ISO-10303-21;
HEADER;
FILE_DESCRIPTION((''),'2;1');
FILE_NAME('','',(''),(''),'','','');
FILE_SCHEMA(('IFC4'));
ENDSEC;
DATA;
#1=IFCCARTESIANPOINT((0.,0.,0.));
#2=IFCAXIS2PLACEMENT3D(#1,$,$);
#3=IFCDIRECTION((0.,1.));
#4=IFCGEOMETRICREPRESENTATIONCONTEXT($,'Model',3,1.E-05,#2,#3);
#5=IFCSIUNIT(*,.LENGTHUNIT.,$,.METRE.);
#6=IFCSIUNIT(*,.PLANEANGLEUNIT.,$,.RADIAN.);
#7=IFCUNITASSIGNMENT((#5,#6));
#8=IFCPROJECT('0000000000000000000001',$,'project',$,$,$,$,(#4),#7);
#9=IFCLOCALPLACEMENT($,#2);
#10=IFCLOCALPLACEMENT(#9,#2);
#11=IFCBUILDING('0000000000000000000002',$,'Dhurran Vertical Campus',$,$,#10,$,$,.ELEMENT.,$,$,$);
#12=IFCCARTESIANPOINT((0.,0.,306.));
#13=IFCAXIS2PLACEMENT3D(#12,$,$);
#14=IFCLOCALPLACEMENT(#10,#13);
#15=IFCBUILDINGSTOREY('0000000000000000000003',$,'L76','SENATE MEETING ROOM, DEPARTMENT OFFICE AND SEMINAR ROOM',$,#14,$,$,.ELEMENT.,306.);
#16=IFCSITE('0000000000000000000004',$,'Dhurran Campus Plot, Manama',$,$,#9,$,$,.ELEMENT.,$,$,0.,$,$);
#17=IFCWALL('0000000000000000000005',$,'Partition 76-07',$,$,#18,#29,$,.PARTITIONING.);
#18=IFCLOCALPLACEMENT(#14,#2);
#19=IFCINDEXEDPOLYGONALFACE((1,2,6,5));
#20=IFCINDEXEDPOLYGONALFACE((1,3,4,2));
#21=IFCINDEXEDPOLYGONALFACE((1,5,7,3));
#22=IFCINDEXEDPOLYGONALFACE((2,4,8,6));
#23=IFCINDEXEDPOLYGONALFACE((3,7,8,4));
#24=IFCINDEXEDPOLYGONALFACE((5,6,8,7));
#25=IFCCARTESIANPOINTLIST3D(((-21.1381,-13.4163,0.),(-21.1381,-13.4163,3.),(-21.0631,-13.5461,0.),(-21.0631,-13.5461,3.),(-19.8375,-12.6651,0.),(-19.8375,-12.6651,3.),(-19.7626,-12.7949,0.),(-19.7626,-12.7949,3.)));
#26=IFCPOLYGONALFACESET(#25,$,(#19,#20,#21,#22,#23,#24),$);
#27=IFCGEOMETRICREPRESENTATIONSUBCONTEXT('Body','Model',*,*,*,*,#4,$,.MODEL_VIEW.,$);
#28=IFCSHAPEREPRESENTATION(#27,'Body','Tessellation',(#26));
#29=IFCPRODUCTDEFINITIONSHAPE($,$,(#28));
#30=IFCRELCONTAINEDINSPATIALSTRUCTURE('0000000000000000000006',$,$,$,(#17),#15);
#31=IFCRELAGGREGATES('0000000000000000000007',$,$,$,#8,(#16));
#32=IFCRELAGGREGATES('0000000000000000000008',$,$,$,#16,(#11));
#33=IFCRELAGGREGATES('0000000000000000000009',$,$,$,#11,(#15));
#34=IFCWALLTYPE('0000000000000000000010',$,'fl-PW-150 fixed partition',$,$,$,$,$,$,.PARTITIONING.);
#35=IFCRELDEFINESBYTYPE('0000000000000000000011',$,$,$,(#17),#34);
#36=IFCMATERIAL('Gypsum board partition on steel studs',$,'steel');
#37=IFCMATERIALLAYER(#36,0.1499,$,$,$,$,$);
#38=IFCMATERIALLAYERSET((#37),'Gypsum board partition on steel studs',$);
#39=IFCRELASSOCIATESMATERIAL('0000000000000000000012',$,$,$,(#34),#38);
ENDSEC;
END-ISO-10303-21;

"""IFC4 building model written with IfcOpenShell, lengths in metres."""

from ifc_helpers import new_model, si_unit, direction, frame, frame_2d, origin, place, context, subcontext, project, spatial, rectangle, extrude, material, layer, layer_set, type_object, element, save


model = new_model("IFC4")

# Units and contexts
model_context = context("Model", 3, precision=1e-05, world=origin(), true_north=direction((0.0, 1.0)))
body_context = subcontext(model_context, "Body", "Model", "MODEL_VIEW")
ifc_project = project(units=[si_unit("LENGTHUNIT", "METRE"), si_unit("PLANEANGLEUNIT", "RADIAN")], contexts=[model_context])

# Site, building, storey
site_placement = place(None, origin())
site = spatial("IfcSite", under=ifc_project, at=site_placement, Name="Dhurran Campus Plot, Manama", CompositionType="ELEMENT", RefElevation=0.0)
building_placement = place(site_placement, origin())
building = spatial("IfcBuilding", under=site, at=building_placement, Name="Dhurran Vertical Campus", CompositionType="ELEMENT")
storey_placement = place(building_placement, frame((0.0, 0.0, 306.0)))
storey = spatial("IfcBuildingStorey", under=building, at=storey_placement, Name="L76", Description="SENATE MEETING ROOM, DEPARTMENT OFFICE AND SEMINAR ROOM", CompositionType="ELEMENT", Elevation=306.0)

# Wall
ifc_material_1 = material(Name="Gypsum board partition on steel studs", Category="steel")
ifc_layer_1 = layer(ifc_material_1, 0.1499)
ifc_layer_set_1 = layer_set([ifc_layer_1], Name="Gypsum board partition on steel studs")
wall_type_1 = type_object("IfcWallType", Name="fl-PW-150 fixed partition", PredefinedType="PARTITIONING", material=ifc_layer_set_1)
wall_1_placement = place(storey_placement, frame((-19.8, -12.73, 0.0), z_axis=(0.0, 0.0, 1.0), x_axis=(-0.865923, -0.500177, 0.0)))
element("IfcWall", 1, at=wall_1_placement, inside=storey, type_object=wall_type_1, Name="Partition 76-07", PredefinedType="PARTITIONING", context=body_context, shape_type="SweptSolid", body=[
    extrude(rectangle(XDim=1.502, YDim=0.1499, at=frame_2d((0.751, 0.0))), origin(), (0.0, 0.0, 1.0), 3.0),
])

save(model, "model.ifc")
